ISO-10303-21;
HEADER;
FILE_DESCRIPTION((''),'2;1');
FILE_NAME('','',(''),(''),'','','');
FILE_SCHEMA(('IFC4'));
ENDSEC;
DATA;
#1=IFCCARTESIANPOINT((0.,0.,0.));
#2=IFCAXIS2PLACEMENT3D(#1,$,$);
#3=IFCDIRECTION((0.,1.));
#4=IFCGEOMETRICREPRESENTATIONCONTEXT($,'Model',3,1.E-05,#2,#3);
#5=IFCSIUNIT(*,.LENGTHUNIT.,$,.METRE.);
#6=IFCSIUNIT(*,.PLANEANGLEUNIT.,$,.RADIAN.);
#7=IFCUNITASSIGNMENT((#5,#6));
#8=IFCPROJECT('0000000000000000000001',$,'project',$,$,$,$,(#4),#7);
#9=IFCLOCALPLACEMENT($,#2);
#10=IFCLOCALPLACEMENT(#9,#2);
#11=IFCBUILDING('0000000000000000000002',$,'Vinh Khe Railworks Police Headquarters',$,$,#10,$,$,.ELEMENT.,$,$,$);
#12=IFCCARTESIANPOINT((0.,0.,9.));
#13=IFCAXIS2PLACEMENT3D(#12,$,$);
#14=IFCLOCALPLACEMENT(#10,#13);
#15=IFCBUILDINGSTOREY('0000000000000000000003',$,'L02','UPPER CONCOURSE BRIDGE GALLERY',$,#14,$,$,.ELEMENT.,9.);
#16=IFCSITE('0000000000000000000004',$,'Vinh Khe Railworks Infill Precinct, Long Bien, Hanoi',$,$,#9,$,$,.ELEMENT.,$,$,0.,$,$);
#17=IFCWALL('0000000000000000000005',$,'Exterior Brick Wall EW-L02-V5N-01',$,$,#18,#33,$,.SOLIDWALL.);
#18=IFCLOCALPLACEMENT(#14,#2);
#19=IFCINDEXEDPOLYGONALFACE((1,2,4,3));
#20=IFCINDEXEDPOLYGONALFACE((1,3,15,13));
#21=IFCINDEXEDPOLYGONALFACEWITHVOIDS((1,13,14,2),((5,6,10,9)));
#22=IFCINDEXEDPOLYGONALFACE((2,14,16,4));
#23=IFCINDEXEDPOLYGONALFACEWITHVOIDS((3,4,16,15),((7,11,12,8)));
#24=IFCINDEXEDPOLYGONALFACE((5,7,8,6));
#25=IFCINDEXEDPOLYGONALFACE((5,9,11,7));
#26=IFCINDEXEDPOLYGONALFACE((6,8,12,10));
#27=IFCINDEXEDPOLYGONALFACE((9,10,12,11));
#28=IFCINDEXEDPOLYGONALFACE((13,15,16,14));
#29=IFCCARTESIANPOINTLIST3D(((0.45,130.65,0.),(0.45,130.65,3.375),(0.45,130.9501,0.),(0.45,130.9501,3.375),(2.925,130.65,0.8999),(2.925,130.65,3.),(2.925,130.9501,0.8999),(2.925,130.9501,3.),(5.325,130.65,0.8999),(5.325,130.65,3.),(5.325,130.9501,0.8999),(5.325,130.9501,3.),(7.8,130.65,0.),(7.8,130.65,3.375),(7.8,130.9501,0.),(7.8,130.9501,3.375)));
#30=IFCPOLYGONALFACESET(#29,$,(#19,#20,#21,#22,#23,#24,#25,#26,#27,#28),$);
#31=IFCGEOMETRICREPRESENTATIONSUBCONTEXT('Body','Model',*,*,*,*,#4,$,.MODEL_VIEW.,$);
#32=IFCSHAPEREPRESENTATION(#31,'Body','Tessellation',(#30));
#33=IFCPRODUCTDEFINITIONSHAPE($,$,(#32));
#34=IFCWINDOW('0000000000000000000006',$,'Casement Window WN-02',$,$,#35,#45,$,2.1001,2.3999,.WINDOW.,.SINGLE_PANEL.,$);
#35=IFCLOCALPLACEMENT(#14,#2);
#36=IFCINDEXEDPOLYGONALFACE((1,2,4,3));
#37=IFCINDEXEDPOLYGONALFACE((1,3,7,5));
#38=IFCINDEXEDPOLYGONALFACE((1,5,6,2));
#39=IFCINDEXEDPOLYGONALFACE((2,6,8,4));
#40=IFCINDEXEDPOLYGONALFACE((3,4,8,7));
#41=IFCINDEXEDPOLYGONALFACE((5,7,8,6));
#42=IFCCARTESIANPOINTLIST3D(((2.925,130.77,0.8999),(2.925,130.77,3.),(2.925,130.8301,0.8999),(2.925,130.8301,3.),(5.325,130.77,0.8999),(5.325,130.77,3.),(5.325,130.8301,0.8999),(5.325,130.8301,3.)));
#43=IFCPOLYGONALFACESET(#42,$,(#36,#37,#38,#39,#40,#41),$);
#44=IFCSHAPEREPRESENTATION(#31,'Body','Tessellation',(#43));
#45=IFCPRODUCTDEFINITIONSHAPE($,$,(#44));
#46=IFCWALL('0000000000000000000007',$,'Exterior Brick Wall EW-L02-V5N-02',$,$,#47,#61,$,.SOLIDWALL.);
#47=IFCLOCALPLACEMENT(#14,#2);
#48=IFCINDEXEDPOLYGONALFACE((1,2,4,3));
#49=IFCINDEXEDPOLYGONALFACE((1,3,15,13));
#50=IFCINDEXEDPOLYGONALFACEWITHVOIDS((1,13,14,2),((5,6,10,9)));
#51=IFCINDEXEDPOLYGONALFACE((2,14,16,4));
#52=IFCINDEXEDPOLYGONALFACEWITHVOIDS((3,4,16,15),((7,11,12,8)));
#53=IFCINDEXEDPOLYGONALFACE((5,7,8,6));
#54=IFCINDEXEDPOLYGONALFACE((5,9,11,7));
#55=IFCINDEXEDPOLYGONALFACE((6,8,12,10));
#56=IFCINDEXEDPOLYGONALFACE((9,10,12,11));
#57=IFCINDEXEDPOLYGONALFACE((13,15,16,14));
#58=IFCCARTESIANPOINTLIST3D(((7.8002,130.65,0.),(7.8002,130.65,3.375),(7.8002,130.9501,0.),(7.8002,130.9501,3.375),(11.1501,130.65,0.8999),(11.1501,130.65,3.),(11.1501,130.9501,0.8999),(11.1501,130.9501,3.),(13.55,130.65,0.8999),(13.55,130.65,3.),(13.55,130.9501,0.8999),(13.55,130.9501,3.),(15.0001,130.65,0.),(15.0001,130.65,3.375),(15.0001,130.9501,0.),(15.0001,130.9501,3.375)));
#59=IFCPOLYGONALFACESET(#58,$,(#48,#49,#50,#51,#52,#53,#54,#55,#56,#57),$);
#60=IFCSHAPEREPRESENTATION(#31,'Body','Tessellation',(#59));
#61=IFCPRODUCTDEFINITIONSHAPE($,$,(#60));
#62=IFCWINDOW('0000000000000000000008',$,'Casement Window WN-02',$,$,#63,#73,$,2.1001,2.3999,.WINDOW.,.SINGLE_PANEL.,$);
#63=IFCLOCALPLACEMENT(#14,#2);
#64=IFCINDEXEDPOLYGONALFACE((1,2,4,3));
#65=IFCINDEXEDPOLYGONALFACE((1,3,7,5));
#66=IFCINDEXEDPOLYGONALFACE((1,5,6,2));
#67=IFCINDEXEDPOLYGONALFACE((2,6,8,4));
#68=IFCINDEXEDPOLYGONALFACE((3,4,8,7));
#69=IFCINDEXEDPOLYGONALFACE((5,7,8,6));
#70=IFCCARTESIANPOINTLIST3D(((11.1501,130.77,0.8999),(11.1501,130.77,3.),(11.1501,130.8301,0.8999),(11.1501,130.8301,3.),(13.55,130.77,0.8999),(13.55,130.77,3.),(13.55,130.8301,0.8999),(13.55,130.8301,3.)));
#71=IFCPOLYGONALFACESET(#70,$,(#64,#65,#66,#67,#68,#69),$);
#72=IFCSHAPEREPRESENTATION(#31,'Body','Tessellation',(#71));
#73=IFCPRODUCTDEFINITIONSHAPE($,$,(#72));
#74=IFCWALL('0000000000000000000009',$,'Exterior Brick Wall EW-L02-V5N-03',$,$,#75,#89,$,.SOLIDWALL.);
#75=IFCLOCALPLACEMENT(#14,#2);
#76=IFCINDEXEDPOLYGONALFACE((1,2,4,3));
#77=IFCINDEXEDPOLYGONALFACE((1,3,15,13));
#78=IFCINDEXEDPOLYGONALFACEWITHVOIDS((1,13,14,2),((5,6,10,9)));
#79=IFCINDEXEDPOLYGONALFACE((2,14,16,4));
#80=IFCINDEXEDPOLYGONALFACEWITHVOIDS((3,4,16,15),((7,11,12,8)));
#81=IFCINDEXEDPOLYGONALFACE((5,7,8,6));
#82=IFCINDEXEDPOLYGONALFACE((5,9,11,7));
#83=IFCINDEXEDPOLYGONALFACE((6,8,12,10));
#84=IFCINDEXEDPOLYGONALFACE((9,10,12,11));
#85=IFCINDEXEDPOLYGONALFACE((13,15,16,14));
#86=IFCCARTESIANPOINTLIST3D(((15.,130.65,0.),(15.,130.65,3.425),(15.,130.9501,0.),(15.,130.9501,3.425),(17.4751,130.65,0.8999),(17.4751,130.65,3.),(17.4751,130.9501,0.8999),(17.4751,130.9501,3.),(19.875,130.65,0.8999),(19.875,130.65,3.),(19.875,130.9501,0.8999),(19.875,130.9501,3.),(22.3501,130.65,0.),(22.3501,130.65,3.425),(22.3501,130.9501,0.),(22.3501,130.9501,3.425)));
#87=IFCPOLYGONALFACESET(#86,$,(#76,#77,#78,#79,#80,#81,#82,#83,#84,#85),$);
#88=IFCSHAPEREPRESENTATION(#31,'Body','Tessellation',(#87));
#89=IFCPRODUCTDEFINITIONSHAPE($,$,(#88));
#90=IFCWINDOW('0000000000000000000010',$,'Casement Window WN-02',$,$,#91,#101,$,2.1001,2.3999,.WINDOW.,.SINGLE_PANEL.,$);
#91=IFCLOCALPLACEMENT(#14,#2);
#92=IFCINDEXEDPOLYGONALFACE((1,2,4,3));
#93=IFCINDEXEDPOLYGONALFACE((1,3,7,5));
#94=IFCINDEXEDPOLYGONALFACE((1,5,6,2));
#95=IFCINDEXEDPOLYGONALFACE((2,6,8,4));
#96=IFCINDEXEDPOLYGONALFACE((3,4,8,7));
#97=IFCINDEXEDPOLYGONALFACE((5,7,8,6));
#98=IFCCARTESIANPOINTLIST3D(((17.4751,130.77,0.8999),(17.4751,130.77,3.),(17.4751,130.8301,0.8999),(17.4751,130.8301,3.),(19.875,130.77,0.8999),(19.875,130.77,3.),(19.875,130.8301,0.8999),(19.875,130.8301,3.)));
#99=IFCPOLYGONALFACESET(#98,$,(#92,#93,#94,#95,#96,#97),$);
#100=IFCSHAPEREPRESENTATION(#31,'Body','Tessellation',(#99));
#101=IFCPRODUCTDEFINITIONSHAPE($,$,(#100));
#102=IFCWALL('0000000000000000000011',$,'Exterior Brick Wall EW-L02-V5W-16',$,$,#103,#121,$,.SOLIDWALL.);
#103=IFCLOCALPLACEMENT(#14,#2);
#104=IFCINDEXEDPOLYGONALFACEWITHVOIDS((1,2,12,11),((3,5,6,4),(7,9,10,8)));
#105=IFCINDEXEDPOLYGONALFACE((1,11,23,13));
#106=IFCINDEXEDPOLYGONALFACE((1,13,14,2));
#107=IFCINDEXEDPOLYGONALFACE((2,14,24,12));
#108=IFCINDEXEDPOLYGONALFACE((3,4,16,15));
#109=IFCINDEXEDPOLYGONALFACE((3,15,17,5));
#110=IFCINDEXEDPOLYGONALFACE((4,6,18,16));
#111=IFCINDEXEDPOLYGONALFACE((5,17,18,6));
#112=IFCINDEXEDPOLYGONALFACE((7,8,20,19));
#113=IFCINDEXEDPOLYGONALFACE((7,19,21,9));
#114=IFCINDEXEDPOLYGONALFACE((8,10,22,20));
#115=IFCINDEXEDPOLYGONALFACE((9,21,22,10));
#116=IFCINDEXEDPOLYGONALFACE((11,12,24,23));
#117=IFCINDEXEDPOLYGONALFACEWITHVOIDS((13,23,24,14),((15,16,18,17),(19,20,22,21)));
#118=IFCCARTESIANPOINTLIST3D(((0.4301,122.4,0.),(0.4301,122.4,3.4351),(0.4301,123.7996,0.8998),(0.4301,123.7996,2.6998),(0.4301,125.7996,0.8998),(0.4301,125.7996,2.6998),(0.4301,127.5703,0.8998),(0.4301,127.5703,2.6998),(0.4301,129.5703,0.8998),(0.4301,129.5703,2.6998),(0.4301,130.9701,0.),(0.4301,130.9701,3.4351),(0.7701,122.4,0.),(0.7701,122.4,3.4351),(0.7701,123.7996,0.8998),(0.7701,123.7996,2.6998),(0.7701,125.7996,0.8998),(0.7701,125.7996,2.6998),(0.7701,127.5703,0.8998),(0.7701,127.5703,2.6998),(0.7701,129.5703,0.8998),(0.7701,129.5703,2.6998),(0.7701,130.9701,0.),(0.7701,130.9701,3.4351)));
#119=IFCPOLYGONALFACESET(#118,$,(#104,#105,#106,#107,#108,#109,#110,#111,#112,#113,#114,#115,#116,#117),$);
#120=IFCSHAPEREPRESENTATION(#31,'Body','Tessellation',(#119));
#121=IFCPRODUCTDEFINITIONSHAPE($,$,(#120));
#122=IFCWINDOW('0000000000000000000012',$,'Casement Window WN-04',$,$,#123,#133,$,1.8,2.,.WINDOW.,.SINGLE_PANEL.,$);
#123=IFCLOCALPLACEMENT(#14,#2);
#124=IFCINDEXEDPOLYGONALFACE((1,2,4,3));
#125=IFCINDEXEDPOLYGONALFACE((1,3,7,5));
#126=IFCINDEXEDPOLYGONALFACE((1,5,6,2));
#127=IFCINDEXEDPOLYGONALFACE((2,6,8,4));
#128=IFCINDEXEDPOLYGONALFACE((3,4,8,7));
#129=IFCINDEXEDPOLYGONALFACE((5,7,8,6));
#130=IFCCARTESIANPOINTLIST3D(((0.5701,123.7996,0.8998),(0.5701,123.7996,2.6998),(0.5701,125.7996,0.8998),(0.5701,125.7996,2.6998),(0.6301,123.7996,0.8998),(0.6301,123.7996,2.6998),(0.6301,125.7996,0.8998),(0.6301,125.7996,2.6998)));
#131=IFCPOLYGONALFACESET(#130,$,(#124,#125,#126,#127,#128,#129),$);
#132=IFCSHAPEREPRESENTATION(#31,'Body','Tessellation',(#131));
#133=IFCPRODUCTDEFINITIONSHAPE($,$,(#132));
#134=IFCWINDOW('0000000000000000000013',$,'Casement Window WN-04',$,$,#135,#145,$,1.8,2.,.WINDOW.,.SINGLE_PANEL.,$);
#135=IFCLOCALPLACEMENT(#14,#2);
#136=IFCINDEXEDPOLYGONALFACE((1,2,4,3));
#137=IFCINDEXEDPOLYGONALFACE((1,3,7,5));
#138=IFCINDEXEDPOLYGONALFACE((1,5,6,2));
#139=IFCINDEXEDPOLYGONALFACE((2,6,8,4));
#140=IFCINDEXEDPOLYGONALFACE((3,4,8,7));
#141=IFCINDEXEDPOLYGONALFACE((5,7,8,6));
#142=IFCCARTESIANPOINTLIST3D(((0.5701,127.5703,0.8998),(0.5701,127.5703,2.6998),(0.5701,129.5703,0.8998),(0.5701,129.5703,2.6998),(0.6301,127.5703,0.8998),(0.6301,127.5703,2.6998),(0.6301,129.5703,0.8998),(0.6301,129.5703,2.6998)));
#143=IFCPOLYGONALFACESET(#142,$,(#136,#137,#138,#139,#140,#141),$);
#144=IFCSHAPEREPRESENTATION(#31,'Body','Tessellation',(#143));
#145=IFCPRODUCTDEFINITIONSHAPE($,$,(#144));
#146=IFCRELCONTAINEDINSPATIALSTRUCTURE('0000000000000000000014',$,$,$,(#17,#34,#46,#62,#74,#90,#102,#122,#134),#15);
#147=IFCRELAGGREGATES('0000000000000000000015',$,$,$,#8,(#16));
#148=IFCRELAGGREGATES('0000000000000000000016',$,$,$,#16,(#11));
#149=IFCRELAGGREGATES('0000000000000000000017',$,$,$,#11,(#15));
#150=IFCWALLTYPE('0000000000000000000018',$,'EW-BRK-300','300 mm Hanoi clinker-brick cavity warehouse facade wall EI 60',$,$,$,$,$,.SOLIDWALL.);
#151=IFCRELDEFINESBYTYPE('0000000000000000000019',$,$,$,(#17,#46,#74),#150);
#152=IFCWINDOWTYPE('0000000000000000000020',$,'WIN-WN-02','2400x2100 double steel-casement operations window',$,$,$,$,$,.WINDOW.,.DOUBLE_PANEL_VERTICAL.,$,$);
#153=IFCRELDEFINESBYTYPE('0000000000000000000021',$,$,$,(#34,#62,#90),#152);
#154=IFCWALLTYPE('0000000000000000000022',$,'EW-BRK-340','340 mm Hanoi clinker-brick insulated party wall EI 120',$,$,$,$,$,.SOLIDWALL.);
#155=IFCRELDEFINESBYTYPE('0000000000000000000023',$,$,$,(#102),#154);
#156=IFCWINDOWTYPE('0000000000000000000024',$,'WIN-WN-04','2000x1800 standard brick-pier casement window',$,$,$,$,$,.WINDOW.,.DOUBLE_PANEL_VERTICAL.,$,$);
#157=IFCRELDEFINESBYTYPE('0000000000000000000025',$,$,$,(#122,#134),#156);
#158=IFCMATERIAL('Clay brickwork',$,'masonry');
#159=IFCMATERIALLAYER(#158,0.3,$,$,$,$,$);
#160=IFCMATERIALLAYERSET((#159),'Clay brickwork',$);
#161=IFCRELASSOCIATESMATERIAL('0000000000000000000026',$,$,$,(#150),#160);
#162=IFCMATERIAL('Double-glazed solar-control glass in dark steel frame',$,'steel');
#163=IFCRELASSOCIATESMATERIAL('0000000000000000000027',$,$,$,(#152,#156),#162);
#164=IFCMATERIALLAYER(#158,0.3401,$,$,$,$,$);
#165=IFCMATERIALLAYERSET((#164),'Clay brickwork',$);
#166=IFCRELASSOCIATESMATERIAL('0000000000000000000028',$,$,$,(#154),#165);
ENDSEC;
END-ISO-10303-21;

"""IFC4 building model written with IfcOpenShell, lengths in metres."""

from ifc_helpers import new_model, si_unit, direction, frame, frame_2d, origin, place, context, subcontext, project, spatial, rectangle, extrude, material, layer, layer_set, type_object, element, fill, save


model = new_model("IFC4")

# Units and contexts
model_context = context("Model", 3, precision=1e-05, world=origin(), true_north=direction((0.0, 1.0)))
body_context = subcontext(model_context, "Body", "Model", "MODEL_VIEW")
ifc_project = project(units=[si_unit("LENGTHUNIT", "METRE"), si_unit("PLANEANGLEUNIT", "RADIAN")], contexts=[model_context])

# Site, building, storey
site_placement = place(None, origin())
site = spatial("IfcSite", under=ifc_project, at=site_placement, Name="Vinh Khe Railworks Infill Precinct, Long Bien, Hanoi", CompositionType="ELEMENT", RefElevation=0.0)
building_placement = place(site_placement, origin())
building = spatial("IfcBuilding", under=site, at=building_placement, Name="Vinh Khe Railworks Police Headquarters", CompositionType="ELEMENT")
storey_placement = place(building_placement, frame((0.0, 0.0, 9.0)))
storey = spatial("IfcBuildingStorey", under=building, at=storey_placement, Name="L02", Description="UPPER CONCOURSE BRIDGE GALLERY", CompositionType="ELEMENT", Elevation=9.0)

# Walls, openings, windows
ifc_material_1 = material(Name="Clay brickwork", Category="masonry")
ifc_layer_1 = layer(ifc_material_1, 0.3)
ifc_layer_set_1 = layer_set([ifc_layer_1], Name="Clay brickwork")
wall_type_1 = type_object("IfcWallType", Name="EW-BRK-300", Description="300 mm Hanoi clinker-brick cavity warehouse facade wall EI 60", PredefinedType="SOLIDWALL", material=ifc_layer_set_1)
wall_1_placement = place(storey_placement, frame((0.45, 130.8, 0.0), z_axis=(0.0, 0.0, 1.0), x_axis=(1.0, 0.0, 0.0)))
wall_1 = element("IfcWall", 1, at=wall_1_placement, inside=storey, type_object=wall_type_1, Name="Exterior Brick Wall EW-L02-V5N-01", PredefinedType="SOLIDWALL", context=body_context, shape_type="SweptSolid", body=[
    extrude(rectangle(XDim=7.3501, YDim=0.3, at=frame_2d((3.675, 0.0))), origin(), (0.0, 0.0, 1.0), 3.375),
])
opening_1_placement = place(wall_1_placement, frame((2.4751, 0.0, 0.8999)))
opening_1 = element("IfcOpeningElement", 2, at=opening_1_placement, cuts=wall_1, PredefinedType="OPENING", context=body_context, shape_type="SweptSolid", body=[
    extrude(rectangle(XDim=2.3999, YDim=2.1001, at=frame_2d((1.2, 1.05))), frame((0.0, 0.165, 0.0), z_axis=(0.0, -1.0, 0.0), x_axis=(1.0, 0.0, 0.0)), (0.0, 0.0, 1.0), 0.3298),
])
ifc_material_2 = material(Name="Double-glazed solar-control glass in dark steel frame", Category="steel")
window_type_1 = type_object("IfcWindowType", Name="WIN-WN-02", Description="2400x2100 double steel-casement operations window", PartitioningType="DOUBLE_PANEL_VERTICAL", PredefinedType="WINDOW", material=ifc_material_2)
window_1_placement = place(opening_1_placement, origin())
window_1 = element("IfcWindow", 3, at=window_1_placement, inside=storey, type_object=window_type_1, Name="Casement Window WN-02", OverallHeight=2.1001, OverallWidth=2.3999, PartitioningType="SINGLE_PANEL", PredefinedType="WINDOW", context=body_context, shape_type="SweptSolid", body=[
    extrude(rectangle(XDim=2.3999, YDim=2.1001, at=frame_2d((1.2, 1.05))), frame((0.0, 0.03, 0.0), z_axis=(0.0, -1.0, 0.0), x_axis=(1.0, 0.0, 0.0)), (0.0, 0.0, 1.0), 0.0601),
])
fill(opening_1, window_1)
wall_2_placement = place(storey_placement, frame((7.8, 130.8, 0.0), z_axis=(0.0, 0.0, 1.0), x_axis=(1.0, 0.0, 0.0)))
wall_2 = element("IfcWall", 4, at=wall_2_placement, inside=storey, type_object=wall_type_1, Name="Exterior Brick Wall EW-L02-V5N-02", PredefinedType="SOLIDWALL", context=body_context, shape_type="SweptSolid", body=[
    extrude(rectangle(XDim=7.2, YDim=0.3, at=frame_2d((3.6001, 0.0))), origin(), (0.0, 0.0, 1.0), 3.375),
])
opening_2_placement = place(wall_2_placement, frame((3.3501, 0.0, 0.8999)))
opening_2 = element("IfcOpeningElement", 5, at=opening_2_placement, cuts=wall_2, PredefinedType="OPENING", context=body_context, shape_type="SweptSolid", body=[
    extrude(rectangle(XDim=2.3999, YDim=2.1001, at=frame_2d((1.2, 1.05))), frame((0.0, 0.165, 0.0), z_axis=(0.0, -1.0, 0.0), x_axis=(1.0, 0.0, 0.0)), (0.0, 0.0, 1.0), 0.3298),
])
window_2_placement = place(opening_2_placement, origin())
window_2 = element("IfcWindow", 6, at=window_2_placement, inside=storey, type_object=window_type_1, Name="Casement Window WN-02", OverallHeight=2.1001, OverallWidth=2.3999, PartitioningType="SINGLE_PANEL", PredefinedType="WINDOW", context=body_context, shape_type="SweptSolid", body=[
    extrude(rectangle(XDim=2.3999, YDim=2.1001, at=frame_2d((1.2, 1.05))), frame((0.0, 0.03, 0.0), z_axis=(0.0, -1.0, 0.0), x_axis=(1.0, 0.0, 0.0)), (0.0, 0.0, 1.0), 0.0601),
])
fill(opening_2, window_2)
wall_3_placement = place(storey_placement, frame((15.0, 130.8, 0.0), z_axis=(0.0, 0.0, 1.0), x_axis=(1.0, 0.0, 0.0)))
wall_3 = element("IfcWall", 7, at=wall_3_placement, inside=storey, type_object=wall_type_1, Name="Exterior Brick Wall EW-L02-V5N-03", PredefinedType="SOLIDWALL", context=body_context, shape_type="SweptSolid", body=[
    extrude(rectangle(XDim=7.3501, YDim=0.3, at=frame_2d((3.675, 0.0))), origin(), (0.0, 0.0, 1.0), 3.425),
])
opening_3_placement = place(wall_3_placement, frame((2.4751, 0.0, 0.8999)))
opening_3 = element("IfcOpeningElement", 8, at=opening_3_placement, cuts=wall_3, PredefinedType="OPENING", context=body_context, shape_type="SweptSolid", body=[
    extrude(rectangle(XDim=2.3999, YDim=2.1001, at=frame_2d((1.2, 1.05))), frame((0.0, 0.165, 0.0), z_axis=(0.0, -1.0, 0.0), x_axis=(1.0, 0.0, 0.0)), (0.0, 0.0, 1.0), 0.3298),
])
window_3_placement = place(opening_3_placement, origin())
window_3 = element("IfcWindow", 9, at=window_3_placement, inside=storey, type_object=window_type_1, Name="Casement Window WN-02", OverallHeight=2.1001, OverallWidth=2.3999, PartitioningType="SINGLE_PANEL", PredefinedType="WINDOW", context=body_context, shape_type="SweptSolid", body=[
    extrude(rectangle(XDim=2.3999, YDim=2.1001, at=frame_2d((1.2, 1.05))), frame((0.0, 0.03, 0.0), z_axis=(0.0, -1.0, 0.0), x_axis=(1.0, 0.0, 0.0)), (0.0, 0.0, 1.0), 0.0601),
])
fill(opening_3, window_3)

# Wall, openings, windows
ifc_layer_2 = layer(ifc_material_1, 0.3401)
ifc_layer_set_2 = layer_set([ifc_layer_2], Name="Clay brickwork")
wall_type_2 = type_object("IfcWallType", Name="EW-BRK-340", Description="340 mm Hanoi clinker-brick insulated party wall EI 120", PredefinedType="SOLIDWALL", material=ifc_layer_set_2)
wall_4_placement = place(storey_placement, frame((0.6001, 122.3999, 0.0), z_axis=(0.0, 0.0, 1.0), x_axis=(0.0, 1.0, 0.0)))
wall_4 = element("IfcWall", 10, at=wall_4_placement, inside=storey, type_object=wall_type_2, Name="Exterior Brick Wall EW-L02-V5W-16", PredefinedType="SOLIDWALL", context=body_context, shape_type="SweptSolid", body=[
    extrude(rectangle(XDim=8.5701, YDim=0.3401, at=frame_2d((4.2852, 0.0))), origin(), (0.0, 0.0, 1.0), 3.4351),
])
opening_4_placement = place(wall_4_placement, frame((1.3997, 0.0, 0.8999)))
opening_4 = element("IfcOpeningElement", 11, at=opening_4_placement, cuts=wall_4, PredefinedType="OPENING", context=body_context, shape_type="SweptSolid", body=[
    extrude(rectangle(XDim=2.0, YDim=1.8, at=frame_2d((1.0, 0.8999))), frame((0.0, 0.1851, 0.0), z_axis=(0.0, -1.0, 0.0), x_axis=(1.0, 0.0, 0.0)), (0.0, 0.0, 1.0), 0.3699),
])
opening_5_placement = place(wall_4_placement, frame((5.1704, 0.0, 0.8999)))
opening_5 = element("IfcOpeningElement", 12, at=opening_5_placement, cuts=wall_4, PredefinedType="OPENING", context=body_context, shape_type="SweptSolid", body=[
    extrude(rectangle(XDim=2.0, YDim=1.8, at=frame_2d((1.0, 0.8999))), frame((0.0, 0.1851, 0.0), z_axis=(0.0, -1.0, 0.0), x_axis=(1.0, 0.0, 0.0)), (0.0, 0.0, 1.0), 0.3699),
])
window_type_2 = type_object("IfcWindowType", Name="WIN-WN-04", Description="2000x1800 standard brick-pier casement window", PartitioningType="DOUBLE_PANEL_VERTICAL", PredefinedType="WINDOW", material=ifc_material_2)
window_4_placement = place(opening_4_placement, origin())
window_4 = element("IfcWindow", 13, at=window_4_placement, inside=storey, type_object=window_type_2, Name="Casement Window WN-04", OverallHeight=1.8, OverallWidth=2.0, PartitioningType="SINGLE_PANEL", PredefinedType="WINDOW", context=body_context, shape_type="SweptSolid", body=[
    extrude(rectangle(XDim=2.0, YDim=1.8, at=frame_2d((1.0, 0.8999))), frame((0.0, 0.03, 0.0), z_axis=(0.0, -1.0, 0.0), x_axis=(1.0, 0.0, 0.0)), (0.0, 0.0, 1.0), 0.0601),
])
fill(opening_4, window_4)
window_5_placement = place(opening_5_placement, origin())
window_5 = element("IfcWindow", 14, at=window_5_placement, inside=storey, type_object=window_type_2, Name="Casement Window WN-04", OverallHeight=1.8, OverallWidth=2.0, PartitioningType="SINGLE_PANEL", PredefinedType="WINDOW", context=body_context, shape_type="SweptSolid", body=[
    extrude(rectangle(XDim=2.0, YDim=1.8, at=frame_2d((1.0, 0.8999))), frame((0.0, 0.03, 0.0), z_axis=(0.0, -1.0, 0.0), x_axis=(1.0, 0.0, 0.0)), (0.0, 0.0, 1.0), 0.0601),
])
fill(opening_5, window_5)

save(model, "model.ifc")
